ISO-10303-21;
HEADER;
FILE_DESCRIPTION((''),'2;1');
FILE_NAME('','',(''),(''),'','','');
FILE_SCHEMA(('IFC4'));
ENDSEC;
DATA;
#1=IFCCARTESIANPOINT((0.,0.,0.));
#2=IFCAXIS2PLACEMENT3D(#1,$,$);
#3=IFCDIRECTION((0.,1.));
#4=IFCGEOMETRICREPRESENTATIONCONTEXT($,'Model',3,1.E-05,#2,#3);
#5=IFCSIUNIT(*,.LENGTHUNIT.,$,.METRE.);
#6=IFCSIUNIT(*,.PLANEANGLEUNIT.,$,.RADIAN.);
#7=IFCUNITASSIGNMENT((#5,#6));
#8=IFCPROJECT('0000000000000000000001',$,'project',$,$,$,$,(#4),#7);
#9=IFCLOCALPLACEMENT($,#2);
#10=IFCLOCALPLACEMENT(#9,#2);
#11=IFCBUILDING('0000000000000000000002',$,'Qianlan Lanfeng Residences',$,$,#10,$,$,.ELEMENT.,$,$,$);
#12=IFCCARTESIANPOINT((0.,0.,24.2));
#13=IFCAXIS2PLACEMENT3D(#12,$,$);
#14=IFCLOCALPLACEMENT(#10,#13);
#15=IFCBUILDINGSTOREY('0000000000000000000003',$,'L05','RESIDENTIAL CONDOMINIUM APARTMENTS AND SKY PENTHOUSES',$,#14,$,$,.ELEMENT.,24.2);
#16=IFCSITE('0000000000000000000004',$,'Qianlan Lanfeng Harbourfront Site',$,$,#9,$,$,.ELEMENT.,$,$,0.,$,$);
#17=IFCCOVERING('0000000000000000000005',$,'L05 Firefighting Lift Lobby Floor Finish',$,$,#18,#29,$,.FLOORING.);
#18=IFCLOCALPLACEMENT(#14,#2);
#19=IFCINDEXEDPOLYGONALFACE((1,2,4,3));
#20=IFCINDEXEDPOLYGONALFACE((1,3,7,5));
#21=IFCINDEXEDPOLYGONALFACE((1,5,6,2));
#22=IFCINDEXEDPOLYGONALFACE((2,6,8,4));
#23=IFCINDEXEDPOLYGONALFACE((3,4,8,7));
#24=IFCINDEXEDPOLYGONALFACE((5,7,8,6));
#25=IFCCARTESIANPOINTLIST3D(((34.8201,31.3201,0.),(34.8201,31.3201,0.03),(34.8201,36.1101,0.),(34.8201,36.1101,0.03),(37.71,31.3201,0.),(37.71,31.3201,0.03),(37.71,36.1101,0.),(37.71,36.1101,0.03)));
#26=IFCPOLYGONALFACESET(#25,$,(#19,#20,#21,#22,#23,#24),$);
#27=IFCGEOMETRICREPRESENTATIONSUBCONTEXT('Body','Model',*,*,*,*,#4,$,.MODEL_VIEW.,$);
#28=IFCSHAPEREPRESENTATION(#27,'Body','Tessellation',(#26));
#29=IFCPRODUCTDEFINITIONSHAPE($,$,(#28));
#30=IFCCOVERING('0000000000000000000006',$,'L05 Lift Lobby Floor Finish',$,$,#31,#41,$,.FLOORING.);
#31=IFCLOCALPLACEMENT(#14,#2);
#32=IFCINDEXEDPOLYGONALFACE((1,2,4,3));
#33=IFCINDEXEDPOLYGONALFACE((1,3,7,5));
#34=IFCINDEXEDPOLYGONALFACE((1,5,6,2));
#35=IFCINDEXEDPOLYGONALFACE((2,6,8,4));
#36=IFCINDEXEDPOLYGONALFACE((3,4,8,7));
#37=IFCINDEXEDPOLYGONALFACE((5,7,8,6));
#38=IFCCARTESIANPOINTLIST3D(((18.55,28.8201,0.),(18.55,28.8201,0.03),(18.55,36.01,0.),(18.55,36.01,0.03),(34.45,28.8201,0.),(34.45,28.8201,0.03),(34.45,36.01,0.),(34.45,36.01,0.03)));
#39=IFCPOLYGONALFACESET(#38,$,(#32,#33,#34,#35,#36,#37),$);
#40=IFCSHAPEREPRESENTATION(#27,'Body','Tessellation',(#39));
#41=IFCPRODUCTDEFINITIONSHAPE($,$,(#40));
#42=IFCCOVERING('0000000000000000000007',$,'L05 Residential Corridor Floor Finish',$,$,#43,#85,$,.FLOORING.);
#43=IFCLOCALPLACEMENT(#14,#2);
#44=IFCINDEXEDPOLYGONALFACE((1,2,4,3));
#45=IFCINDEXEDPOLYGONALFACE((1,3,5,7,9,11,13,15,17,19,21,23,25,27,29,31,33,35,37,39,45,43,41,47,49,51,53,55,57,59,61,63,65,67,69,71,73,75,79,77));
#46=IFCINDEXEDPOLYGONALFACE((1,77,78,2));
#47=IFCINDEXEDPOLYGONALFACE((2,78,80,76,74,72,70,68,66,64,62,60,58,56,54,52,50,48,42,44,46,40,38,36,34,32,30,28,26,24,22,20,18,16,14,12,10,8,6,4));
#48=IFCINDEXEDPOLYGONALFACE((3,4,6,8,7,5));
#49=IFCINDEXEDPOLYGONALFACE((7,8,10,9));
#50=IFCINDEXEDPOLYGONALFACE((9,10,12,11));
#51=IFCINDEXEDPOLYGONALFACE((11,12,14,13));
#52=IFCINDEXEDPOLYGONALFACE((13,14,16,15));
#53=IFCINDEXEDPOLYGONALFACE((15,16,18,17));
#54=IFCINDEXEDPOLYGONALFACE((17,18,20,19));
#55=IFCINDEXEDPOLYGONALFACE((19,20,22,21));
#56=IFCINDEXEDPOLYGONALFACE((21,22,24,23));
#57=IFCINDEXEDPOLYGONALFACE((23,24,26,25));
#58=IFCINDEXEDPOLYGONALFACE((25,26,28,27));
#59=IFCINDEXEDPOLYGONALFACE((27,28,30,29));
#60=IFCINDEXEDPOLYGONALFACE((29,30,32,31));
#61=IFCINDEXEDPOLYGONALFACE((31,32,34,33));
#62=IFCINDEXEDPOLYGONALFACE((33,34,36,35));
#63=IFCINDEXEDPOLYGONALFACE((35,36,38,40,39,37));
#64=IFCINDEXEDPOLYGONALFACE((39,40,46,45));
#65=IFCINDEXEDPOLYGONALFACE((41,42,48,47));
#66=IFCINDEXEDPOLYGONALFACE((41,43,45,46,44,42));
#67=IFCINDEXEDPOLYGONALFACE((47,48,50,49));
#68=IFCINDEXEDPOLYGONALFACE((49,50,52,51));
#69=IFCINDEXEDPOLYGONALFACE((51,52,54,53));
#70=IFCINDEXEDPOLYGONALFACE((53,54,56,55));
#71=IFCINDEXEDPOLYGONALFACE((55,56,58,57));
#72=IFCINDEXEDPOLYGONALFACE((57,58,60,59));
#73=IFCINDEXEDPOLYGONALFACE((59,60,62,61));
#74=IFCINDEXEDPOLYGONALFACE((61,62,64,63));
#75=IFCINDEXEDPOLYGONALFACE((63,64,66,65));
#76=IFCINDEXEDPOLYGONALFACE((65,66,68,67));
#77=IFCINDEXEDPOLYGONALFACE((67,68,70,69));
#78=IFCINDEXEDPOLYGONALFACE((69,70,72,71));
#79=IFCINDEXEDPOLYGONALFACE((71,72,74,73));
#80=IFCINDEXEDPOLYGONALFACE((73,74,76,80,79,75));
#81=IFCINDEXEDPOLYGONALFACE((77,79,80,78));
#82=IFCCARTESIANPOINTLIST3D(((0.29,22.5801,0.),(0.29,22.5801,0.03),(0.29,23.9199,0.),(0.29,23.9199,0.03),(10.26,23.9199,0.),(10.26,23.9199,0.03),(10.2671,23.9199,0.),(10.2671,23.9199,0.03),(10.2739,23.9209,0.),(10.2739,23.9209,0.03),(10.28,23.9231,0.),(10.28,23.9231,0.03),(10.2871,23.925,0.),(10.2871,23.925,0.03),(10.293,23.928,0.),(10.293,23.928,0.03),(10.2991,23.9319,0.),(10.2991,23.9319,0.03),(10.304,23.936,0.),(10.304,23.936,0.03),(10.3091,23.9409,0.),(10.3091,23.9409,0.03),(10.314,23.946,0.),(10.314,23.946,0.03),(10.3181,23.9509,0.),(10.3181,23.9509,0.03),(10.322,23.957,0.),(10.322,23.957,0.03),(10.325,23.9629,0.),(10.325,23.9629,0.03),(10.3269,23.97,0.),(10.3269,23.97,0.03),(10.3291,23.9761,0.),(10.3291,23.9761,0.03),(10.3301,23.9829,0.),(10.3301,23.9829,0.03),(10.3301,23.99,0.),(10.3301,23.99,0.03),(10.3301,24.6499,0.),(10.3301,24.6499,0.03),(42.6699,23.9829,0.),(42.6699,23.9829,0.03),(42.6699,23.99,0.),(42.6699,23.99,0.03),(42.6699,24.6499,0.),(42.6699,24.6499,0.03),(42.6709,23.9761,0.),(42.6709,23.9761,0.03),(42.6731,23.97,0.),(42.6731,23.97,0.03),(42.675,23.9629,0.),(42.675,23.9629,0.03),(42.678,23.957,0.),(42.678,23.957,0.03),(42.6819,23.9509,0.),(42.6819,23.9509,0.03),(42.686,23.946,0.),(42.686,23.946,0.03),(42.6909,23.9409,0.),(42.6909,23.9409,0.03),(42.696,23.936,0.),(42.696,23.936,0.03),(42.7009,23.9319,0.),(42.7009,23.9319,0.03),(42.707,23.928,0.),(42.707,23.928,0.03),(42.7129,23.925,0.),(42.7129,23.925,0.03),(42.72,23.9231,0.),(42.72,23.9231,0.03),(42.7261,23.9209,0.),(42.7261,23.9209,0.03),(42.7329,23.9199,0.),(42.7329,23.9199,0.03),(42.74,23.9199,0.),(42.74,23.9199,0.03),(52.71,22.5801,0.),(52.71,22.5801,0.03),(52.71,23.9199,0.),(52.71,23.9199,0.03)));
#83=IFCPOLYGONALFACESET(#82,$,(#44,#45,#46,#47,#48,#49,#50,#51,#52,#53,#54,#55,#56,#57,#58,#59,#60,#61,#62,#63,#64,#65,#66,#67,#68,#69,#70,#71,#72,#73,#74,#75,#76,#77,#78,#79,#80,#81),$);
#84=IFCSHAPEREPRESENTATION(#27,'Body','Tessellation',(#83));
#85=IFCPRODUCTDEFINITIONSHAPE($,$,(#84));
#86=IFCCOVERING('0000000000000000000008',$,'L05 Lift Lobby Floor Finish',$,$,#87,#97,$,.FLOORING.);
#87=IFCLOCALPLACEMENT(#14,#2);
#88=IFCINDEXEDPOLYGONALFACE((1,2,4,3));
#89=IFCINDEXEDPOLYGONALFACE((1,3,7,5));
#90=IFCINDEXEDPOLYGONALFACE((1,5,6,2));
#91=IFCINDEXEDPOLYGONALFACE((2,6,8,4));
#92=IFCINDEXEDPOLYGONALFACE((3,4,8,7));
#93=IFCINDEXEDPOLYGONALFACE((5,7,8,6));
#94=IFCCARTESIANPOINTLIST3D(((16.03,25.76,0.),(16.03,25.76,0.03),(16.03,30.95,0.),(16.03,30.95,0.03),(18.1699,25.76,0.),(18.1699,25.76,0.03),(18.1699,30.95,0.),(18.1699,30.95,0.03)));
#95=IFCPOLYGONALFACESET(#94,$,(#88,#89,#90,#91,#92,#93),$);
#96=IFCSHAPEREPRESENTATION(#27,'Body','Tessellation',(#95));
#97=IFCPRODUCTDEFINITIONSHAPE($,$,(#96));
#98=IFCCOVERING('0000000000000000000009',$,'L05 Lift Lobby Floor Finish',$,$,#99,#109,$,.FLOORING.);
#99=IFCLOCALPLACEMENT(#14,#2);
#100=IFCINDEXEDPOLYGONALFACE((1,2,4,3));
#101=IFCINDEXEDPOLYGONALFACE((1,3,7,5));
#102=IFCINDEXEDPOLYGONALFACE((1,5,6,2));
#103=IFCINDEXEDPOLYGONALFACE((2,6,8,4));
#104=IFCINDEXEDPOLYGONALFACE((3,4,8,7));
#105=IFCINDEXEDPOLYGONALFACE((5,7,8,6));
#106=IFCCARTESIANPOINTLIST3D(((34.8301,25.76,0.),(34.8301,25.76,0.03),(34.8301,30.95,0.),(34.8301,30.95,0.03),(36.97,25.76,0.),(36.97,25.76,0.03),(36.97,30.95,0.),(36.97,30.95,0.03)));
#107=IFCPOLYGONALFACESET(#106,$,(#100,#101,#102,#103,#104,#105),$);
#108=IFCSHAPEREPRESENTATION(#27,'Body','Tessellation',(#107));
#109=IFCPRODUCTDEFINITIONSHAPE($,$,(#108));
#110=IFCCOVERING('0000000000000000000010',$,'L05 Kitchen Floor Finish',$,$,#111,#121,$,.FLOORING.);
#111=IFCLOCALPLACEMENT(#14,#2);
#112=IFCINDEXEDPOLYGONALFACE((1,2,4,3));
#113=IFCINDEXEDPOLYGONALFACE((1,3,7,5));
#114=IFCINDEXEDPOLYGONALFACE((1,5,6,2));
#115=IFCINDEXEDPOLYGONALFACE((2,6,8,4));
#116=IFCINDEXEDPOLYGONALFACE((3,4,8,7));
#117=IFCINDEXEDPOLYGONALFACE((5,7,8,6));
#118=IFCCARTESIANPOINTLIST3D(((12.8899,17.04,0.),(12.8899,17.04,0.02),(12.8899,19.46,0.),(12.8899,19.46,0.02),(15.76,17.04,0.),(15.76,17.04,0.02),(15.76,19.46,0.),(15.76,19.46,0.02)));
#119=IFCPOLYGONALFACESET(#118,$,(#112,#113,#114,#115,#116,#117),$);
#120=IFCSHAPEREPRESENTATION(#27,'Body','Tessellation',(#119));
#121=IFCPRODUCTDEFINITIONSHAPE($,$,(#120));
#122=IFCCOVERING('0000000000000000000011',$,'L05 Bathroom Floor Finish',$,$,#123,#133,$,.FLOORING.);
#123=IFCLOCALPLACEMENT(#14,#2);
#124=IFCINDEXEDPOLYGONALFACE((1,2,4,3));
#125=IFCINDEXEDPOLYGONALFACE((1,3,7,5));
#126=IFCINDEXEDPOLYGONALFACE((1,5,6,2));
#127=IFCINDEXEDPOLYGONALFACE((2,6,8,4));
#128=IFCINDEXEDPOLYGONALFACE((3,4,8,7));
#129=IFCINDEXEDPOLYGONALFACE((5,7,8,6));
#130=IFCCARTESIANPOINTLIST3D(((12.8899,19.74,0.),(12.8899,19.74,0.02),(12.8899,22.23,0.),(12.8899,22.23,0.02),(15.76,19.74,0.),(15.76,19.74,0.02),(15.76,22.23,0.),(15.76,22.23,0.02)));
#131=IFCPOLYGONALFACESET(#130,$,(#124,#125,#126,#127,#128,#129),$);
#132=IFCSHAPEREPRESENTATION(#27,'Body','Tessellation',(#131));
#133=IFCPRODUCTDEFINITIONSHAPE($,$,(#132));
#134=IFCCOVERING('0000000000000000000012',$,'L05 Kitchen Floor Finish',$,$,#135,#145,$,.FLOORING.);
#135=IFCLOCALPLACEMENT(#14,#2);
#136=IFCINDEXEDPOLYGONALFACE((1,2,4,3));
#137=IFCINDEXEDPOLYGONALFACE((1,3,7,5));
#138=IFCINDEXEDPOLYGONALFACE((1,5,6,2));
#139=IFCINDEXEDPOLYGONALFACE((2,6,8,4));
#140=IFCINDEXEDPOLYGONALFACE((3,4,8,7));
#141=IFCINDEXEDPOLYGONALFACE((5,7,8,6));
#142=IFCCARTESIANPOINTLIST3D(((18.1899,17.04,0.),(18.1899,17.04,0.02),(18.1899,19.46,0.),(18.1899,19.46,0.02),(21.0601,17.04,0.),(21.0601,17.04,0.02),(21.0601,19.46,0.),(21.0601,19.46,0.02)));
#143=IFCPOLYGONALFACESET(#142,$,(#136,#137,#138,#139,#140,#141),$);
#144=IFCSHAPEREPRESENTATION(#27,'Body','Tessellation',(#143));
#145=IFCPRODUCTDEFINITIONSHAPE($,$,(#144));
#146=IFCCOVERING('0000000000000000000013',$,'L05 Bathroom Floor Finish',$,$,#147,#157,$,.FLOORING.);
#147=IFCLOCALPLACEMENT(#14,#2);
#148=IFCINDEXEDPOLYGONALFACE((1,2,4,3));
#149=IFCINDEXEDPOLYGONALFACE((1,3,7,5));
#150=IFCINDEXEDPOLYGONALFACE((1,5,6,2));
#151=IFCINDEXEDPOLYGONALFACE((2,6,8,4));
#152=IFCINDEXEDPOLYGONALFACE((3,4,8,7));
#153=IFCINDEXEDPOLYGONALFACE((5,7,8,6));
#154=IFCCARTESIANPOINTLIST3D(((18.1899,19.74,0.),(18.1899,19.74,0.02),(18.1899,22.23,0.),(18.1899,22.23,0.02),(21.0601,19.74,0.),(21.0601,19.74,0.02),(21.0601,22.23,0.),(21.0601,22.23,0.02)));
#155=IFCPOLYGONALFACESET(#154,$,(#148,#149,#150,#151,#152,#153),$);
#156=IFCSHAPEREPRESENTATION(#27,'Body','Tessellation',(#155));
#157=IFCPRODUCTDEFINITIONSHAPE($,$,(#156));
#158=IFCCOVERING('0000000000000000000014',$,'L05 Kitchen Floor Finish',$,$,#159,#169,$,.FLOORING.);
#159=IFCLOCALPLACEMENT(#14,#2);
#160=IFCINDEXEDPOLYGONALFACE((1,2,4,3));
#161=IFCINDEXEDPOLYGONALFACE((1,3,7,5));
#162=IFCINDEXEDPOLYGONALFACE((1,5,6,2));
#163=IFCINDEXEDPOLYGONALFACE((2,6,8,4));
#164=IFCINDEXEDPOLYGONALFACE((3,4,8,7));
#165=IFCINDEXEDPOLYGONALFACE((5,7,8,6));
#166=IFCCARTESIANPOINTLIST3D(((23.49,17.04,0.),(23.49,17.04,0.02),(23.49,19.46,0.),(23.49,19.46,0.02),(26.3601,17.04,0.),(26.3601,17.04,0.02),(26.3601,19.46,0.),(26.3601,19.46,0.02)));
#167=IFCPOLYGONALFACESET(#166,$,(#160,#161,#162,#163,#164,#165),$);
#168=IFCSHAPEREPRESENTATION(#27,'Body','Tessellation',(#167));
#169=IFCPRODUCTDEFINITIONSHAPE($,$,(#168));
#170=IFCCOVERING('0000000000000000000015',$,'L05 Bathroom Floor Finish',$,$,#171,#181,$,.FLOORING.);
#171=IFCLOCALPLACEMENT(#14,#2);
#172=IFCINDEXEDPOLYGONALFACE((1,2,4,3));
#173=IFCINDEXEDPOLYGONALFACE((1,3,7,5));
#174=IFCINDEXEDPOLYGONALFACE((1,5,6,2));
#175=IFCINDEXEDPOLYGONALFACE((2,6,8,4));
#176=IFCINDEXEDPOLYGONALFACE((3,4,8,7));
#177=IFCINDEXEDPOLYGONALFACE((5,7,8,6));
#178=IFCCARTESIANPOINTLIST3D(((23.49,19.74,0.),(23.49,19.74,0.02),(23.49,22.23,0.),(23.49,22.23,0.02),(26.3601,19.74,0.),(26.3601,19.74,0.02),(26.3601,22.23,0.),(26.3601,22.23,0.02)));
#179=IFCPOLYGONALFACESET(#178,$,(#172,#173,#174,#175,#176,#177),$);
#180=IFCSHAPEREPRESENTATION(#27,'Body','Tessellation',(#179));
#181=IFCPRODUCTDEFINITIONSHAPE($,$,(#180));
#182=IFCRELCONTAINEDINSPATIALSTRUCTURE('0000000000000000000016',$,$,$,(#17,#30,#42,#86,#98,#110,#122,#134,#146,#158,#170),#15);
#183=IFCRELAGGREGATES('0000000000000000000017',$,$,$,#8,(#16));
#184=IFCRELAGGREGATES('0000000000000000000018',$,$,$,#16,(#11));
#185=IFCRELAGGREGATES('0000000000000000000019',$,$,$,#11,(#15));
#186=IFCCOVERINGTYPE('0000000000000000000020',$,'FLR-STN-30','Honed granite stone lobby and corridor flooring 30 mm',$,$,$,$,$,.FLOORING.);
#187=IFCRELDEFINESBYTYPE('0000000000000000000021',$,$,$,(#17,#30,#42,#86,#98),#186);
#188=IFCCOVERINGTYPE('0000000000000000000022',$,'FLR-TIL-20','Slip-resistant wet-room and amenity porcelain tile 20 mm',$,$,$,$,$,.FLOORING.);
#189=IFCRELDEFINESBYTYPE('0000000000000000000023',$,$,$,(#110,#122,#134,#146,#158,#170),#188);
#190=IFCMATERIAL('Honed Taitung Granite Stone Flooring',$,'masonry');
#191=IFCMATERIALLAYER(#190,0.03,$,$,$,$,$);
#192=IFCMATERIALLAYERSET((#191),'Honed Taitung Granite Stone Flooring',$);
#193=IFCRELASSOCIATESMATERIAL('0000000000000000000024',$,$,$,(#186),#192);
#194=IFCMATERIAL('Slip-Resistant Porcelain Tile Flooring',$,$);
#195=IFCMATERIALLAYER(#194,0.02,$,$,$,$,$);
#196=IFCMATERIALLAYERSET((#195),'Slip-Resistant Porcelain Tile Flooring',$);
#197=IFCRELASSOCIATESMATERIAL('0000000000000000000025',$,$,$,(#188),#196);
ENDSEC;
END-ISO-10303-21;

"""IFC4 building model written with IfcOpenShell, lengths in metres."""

from ifc_helpers import new_model, si_unit, direction, frame, origin, place, context, subcontext, project, spatial, polyline, outline, extrude, material, layer, layer_set, type_object, element, save


model = new_model("IFC4")

# Units and contexts
model_context = context("Model", 3, precision=1e-05, world=origin(), true_north=direction((0.0, 1.0)))
body_context = subcontext(model_context, "Body", "Model", "MODEL_VIEW")
ifc_project = project(units=[si_unit("LENGTHUNIT", "METRE"), si_unit("PLANEANGLEUNIT", "RADIAN")], contexts=[model_context])

# Site, building, storey
site_placement = place(None, origin())
site = spatial("IfcSite", under=ifc_project, at=site_placement, Name="Qianlan Lanfeng Harbourfront Site", CompositionType="ELEMENT", RefElevation=0.0)
building_placement = place(site_placement, origin())
building = spatial("IfcBuilding", under=site, at=building_placement, Name="Qianlan Lanfeng Residences", CompositionType="ELEMENT")
storey_placement = place(building_placement, frame((0.0, 0.0, 24.2)))
storey = spatial("IfcBuildingStorey", under=building, at=storey_placement, Name="L05", Description="RESIDENTIAL CONDOMINIUM APARTMENTS AND SKY PENTHOUSES", CompositionType="ELEMENT", Elevation=24.2)

# Coverings
ifc_material_1 = material(Name="Honed Taitung Granite Stone Flooring", Category="masonry")
ifc_layer_1 = layer(ifc_material_1, 0.03)
ifc_layer_set_1 = layer_set([ifc_layer_1], Name="Honed Taitung Granite Stone Flooring")
covering_type_1 = type_object("IfcCoveringType", Name="FLR-STN-30", Description="Honed granite stone lobby and corridor flooring 30 mm", PredefinedType="FLOORING", material=ifc_layer_set_1)
covering_1_placement = place(storey_placement, origin())
element("IfcCovering", 1, at=covering_1_placement, inside=storey, type_object=covering_type_1, Name="L05 Firefighting Lift Lobby Floor Finish", PredefinedType="FLOORING", context=body_context, shape_type="SweptSolid", body=[
    extrude(outline(polyline([(34.8201, 31.3201), (37.71, 31.3201), (37.71, 36.1101), (34.8201, 36.1101), (34.8201, 31.3201)])), origin(), (0.0, 0.0, 1.0), 0.03),
])
covering_2_placement = place(storey_placement, origin())
element("IfcCovering", 2, at=covering_2_placement, inside=storey, type_object=covering_type_1, Name="L05 Lift Lobby Floor Finish", PredefinedType="FLOORING", context=body_context, shape_type="SweptSolid", body=[
    extrude(outline(polyline([(18.55, 28.8201), (34.45, 28.8201), (34.45, 36.01), (18.55, 36.01), (18.55, 28.8201)])), origin(), (0.0, 0.0, 1.0), 0.03),
])
covering_3_placement = place(storey_placement, origin())
element("IfcCovering", 3, at=covering_3_placement, inside=storey, type_object=covering_type_1, Name="L05 Residential Corridor Floor Finish", PredefinedType="FLOORING", context=body_context, shape_type="SweptSolid", body=[
    extrude(outline(polyline([(0.29, 22.5801), (52.71, 22.5801), (52.71, 23.9199), (42.74, 23.9199), (42.7329, 23.9199), (42.7261, 23.9209), (42.72, 23.9231), (42.7129, 23.925), (42.707, 23.928), (42.7009, 23.9319), (42.696, 23.936), (42.6909, 23.9409), (42.686, 23.946), (42.6819, 23.9509), (42.678, 23.957), (42.675, 23.9629), (42.6731, 23.97), (42.6709, 23.9761), (42.6699, 23.9829), (42.6699, 23.99), (42.6699, 24.6499), (10.3301, 24.6499), (10.3301, 23.99), (10.3301, 23.9829), (10.3291, 23.9761), (10.3269, 23.97), (10.325, 23.9629), (10.322, 23.957), (10.3181, 23.9509), (10.314, 23.946), (10.3091, 23.9409), (10.304, 23.936), (10.2991, 23.9319), (10.293, 23.928), (10.2871, 23.925), (10.28, 23.9231), (10.2739, 23.9209), (10.2671, 23.9199), (10.26, 23.9199), (0.29, 23.9199), (0.29, 22.5801)])), origin(), (0.0, 0.0, 1.0), 0.03),
])
covering_4_placement = place(storey_placement, origin())
element("IfcCovering", 4, at=covering_4_placement, inside=storey, type_object=covering_type_1, Name="L05 Lift Lobby Floor Finish", PredefinedType="FLOORING", context=body_context, shape_type="SweptSolid", body=[
    extrude(outline(polyline([(16.03, 25.76), (18.1699, 25.76), (18.1699, 30.95), (16.03, 30.95), (16.03, 25.76)])), origin(), (0.0, 0.0, 1.0), 0.03),
])
covering_5_placement = place(storey_placement, origin())
element("IfcCovering", 5, at=covering_5_placement, inside=storey, type_object=covering_type_1, Name="L05 Lift Lobby Floor Finish", PredefinedType="FLOORING", context=body_context, shape_type="SweptSolid", body=[
    extrude(outline(polyline([(34.8301, 25.76), (36.97, 25.76), (36.97, 30.95), (34.8301, 30.95), (34.8301, 25.76)])), origin(), (0.0, 0.0, 1.0), 0.03),
])
ifc_material_2 = material(Name="Slip-Resistant Porcelain Tile Flooring")
ifc_layer_2 = layer(ifc_material_2, 0.02)
ifc_layer_set_2 = layer_set([ifc_layer_2], Name="Slip-Resistant Porcelain Tile Flooring")
covering_type_2 = type_object("IfcCoveringType", Name="FLR-TIL-20", Description="Slip-resistant wet-room and amenity porcelain tile 20 mm", PredefinedType="FLOORING", material=ifc_layer_set_2)
covering_6_placement = place(storey_placement, origin())
element("IfcCovering", 6, at=covering_6_placement, inside=storey, type_object=covering_type_2, Name="L05 Kitchen Floor Finish", PredefinedType="FLOORING", context=body_context, shape_type="SweptSolid", body=[
    extrude(outline(polyline([(12.8899, 17.04), (15.76, 17.04), (15.76, 19.46), (12.8899, 19.46), (12.8899, 17.04)])), origin(), (0.0, 0.0, 1.0), 0.02),
])
covering_7_placement = place(storey_placement, origin())
element("IfcCovering", 7, at=covering_7_placement, inside=storey, type_object=covering_type_2, Name="L05 Bathroom Floor Finish", PredefinedType="FLOORING", context=body_context, shape_type="SweptSolid", body=[
    extrude(outline(polyline([(12.8899, 19.74), (15.76, 19.74), (15.76, 22.23), (12.8899, 22.23), (12.8899, 19.74)])), origin(), (0.0, 0.0, 1.0), 0.02),
])
covering_8_placement = place(storey_placement, origin())
element("IfcCovering", 8, at=covering_8_placement, inside=storey, type_object=covering_type_2, Name="L05 Kitchen Floor Finish", PredefinedType="FLOORING", context=body_context, shape_type="SweptSolid", body=[
    extrude(outline(polyline([(18.1899, 17.04), (21.0601, 17.04), (21.0601, 19.46), (18.1899, 19.46), (18.1899, 17.04)])), origin(), (0.0, 0.0, 1.0), 0.02),
])
covering_9_placement = place(storey_placement, origin())
element("IfcCovering", 9, at=covering_9_placement, inside=storey, type_object=covering_type_2, Name="L05 Bathroom Floor Finish", PredefinedType="FLOORING", context=body_context, shape_type="SweptSolid", body=[
    extrude(outline(polyline([(18.1899, 19.74), (21.0601, 19.74), (21.0601, 22.23), (18.1899, 22.23), (18.1899, 19.74)])), origin(), (0.0, 0.0, 1.0), 0.02),
])
covering_10_placement = place(storey_placement, origin())
element("IfcCovering", 10, at=covering_10_placement, inside=storey, type_object=covering_type_2, Name="L05 Kitchen Floor Finish", PredefinedType="FLOORING", context=body_context, shape_type="SweptSolid", body=[
    extrude(outline(polyline([(23.49, 17.04), (26.3601, 17.04), (26.3601, 19.46), (23.49, 19.46), (23.49, 17.04)])), origin(), (0.0, 0.0, 1.0), 0.02),
])
covering_11_placement = place(storey_placement, origin())
element("IfcCovering", 11, at=covering_11_placement, inside=storey, type_object=covering_type_2, Name="L05 Bathroom Floor Finish", PredefinedType="FLOORING", context=body_context, shape_type="SweptSolid", body=[
    extrude(outline(polyline([(23.49, 19.74), (26.3601, 19.74), (26.3601, 22.23), (23.49, 22.23), (23.49, 19.74)])), origin(), (0.0, 0.0, 1.0), 0.02),
])

save(model, "model.ifc")
